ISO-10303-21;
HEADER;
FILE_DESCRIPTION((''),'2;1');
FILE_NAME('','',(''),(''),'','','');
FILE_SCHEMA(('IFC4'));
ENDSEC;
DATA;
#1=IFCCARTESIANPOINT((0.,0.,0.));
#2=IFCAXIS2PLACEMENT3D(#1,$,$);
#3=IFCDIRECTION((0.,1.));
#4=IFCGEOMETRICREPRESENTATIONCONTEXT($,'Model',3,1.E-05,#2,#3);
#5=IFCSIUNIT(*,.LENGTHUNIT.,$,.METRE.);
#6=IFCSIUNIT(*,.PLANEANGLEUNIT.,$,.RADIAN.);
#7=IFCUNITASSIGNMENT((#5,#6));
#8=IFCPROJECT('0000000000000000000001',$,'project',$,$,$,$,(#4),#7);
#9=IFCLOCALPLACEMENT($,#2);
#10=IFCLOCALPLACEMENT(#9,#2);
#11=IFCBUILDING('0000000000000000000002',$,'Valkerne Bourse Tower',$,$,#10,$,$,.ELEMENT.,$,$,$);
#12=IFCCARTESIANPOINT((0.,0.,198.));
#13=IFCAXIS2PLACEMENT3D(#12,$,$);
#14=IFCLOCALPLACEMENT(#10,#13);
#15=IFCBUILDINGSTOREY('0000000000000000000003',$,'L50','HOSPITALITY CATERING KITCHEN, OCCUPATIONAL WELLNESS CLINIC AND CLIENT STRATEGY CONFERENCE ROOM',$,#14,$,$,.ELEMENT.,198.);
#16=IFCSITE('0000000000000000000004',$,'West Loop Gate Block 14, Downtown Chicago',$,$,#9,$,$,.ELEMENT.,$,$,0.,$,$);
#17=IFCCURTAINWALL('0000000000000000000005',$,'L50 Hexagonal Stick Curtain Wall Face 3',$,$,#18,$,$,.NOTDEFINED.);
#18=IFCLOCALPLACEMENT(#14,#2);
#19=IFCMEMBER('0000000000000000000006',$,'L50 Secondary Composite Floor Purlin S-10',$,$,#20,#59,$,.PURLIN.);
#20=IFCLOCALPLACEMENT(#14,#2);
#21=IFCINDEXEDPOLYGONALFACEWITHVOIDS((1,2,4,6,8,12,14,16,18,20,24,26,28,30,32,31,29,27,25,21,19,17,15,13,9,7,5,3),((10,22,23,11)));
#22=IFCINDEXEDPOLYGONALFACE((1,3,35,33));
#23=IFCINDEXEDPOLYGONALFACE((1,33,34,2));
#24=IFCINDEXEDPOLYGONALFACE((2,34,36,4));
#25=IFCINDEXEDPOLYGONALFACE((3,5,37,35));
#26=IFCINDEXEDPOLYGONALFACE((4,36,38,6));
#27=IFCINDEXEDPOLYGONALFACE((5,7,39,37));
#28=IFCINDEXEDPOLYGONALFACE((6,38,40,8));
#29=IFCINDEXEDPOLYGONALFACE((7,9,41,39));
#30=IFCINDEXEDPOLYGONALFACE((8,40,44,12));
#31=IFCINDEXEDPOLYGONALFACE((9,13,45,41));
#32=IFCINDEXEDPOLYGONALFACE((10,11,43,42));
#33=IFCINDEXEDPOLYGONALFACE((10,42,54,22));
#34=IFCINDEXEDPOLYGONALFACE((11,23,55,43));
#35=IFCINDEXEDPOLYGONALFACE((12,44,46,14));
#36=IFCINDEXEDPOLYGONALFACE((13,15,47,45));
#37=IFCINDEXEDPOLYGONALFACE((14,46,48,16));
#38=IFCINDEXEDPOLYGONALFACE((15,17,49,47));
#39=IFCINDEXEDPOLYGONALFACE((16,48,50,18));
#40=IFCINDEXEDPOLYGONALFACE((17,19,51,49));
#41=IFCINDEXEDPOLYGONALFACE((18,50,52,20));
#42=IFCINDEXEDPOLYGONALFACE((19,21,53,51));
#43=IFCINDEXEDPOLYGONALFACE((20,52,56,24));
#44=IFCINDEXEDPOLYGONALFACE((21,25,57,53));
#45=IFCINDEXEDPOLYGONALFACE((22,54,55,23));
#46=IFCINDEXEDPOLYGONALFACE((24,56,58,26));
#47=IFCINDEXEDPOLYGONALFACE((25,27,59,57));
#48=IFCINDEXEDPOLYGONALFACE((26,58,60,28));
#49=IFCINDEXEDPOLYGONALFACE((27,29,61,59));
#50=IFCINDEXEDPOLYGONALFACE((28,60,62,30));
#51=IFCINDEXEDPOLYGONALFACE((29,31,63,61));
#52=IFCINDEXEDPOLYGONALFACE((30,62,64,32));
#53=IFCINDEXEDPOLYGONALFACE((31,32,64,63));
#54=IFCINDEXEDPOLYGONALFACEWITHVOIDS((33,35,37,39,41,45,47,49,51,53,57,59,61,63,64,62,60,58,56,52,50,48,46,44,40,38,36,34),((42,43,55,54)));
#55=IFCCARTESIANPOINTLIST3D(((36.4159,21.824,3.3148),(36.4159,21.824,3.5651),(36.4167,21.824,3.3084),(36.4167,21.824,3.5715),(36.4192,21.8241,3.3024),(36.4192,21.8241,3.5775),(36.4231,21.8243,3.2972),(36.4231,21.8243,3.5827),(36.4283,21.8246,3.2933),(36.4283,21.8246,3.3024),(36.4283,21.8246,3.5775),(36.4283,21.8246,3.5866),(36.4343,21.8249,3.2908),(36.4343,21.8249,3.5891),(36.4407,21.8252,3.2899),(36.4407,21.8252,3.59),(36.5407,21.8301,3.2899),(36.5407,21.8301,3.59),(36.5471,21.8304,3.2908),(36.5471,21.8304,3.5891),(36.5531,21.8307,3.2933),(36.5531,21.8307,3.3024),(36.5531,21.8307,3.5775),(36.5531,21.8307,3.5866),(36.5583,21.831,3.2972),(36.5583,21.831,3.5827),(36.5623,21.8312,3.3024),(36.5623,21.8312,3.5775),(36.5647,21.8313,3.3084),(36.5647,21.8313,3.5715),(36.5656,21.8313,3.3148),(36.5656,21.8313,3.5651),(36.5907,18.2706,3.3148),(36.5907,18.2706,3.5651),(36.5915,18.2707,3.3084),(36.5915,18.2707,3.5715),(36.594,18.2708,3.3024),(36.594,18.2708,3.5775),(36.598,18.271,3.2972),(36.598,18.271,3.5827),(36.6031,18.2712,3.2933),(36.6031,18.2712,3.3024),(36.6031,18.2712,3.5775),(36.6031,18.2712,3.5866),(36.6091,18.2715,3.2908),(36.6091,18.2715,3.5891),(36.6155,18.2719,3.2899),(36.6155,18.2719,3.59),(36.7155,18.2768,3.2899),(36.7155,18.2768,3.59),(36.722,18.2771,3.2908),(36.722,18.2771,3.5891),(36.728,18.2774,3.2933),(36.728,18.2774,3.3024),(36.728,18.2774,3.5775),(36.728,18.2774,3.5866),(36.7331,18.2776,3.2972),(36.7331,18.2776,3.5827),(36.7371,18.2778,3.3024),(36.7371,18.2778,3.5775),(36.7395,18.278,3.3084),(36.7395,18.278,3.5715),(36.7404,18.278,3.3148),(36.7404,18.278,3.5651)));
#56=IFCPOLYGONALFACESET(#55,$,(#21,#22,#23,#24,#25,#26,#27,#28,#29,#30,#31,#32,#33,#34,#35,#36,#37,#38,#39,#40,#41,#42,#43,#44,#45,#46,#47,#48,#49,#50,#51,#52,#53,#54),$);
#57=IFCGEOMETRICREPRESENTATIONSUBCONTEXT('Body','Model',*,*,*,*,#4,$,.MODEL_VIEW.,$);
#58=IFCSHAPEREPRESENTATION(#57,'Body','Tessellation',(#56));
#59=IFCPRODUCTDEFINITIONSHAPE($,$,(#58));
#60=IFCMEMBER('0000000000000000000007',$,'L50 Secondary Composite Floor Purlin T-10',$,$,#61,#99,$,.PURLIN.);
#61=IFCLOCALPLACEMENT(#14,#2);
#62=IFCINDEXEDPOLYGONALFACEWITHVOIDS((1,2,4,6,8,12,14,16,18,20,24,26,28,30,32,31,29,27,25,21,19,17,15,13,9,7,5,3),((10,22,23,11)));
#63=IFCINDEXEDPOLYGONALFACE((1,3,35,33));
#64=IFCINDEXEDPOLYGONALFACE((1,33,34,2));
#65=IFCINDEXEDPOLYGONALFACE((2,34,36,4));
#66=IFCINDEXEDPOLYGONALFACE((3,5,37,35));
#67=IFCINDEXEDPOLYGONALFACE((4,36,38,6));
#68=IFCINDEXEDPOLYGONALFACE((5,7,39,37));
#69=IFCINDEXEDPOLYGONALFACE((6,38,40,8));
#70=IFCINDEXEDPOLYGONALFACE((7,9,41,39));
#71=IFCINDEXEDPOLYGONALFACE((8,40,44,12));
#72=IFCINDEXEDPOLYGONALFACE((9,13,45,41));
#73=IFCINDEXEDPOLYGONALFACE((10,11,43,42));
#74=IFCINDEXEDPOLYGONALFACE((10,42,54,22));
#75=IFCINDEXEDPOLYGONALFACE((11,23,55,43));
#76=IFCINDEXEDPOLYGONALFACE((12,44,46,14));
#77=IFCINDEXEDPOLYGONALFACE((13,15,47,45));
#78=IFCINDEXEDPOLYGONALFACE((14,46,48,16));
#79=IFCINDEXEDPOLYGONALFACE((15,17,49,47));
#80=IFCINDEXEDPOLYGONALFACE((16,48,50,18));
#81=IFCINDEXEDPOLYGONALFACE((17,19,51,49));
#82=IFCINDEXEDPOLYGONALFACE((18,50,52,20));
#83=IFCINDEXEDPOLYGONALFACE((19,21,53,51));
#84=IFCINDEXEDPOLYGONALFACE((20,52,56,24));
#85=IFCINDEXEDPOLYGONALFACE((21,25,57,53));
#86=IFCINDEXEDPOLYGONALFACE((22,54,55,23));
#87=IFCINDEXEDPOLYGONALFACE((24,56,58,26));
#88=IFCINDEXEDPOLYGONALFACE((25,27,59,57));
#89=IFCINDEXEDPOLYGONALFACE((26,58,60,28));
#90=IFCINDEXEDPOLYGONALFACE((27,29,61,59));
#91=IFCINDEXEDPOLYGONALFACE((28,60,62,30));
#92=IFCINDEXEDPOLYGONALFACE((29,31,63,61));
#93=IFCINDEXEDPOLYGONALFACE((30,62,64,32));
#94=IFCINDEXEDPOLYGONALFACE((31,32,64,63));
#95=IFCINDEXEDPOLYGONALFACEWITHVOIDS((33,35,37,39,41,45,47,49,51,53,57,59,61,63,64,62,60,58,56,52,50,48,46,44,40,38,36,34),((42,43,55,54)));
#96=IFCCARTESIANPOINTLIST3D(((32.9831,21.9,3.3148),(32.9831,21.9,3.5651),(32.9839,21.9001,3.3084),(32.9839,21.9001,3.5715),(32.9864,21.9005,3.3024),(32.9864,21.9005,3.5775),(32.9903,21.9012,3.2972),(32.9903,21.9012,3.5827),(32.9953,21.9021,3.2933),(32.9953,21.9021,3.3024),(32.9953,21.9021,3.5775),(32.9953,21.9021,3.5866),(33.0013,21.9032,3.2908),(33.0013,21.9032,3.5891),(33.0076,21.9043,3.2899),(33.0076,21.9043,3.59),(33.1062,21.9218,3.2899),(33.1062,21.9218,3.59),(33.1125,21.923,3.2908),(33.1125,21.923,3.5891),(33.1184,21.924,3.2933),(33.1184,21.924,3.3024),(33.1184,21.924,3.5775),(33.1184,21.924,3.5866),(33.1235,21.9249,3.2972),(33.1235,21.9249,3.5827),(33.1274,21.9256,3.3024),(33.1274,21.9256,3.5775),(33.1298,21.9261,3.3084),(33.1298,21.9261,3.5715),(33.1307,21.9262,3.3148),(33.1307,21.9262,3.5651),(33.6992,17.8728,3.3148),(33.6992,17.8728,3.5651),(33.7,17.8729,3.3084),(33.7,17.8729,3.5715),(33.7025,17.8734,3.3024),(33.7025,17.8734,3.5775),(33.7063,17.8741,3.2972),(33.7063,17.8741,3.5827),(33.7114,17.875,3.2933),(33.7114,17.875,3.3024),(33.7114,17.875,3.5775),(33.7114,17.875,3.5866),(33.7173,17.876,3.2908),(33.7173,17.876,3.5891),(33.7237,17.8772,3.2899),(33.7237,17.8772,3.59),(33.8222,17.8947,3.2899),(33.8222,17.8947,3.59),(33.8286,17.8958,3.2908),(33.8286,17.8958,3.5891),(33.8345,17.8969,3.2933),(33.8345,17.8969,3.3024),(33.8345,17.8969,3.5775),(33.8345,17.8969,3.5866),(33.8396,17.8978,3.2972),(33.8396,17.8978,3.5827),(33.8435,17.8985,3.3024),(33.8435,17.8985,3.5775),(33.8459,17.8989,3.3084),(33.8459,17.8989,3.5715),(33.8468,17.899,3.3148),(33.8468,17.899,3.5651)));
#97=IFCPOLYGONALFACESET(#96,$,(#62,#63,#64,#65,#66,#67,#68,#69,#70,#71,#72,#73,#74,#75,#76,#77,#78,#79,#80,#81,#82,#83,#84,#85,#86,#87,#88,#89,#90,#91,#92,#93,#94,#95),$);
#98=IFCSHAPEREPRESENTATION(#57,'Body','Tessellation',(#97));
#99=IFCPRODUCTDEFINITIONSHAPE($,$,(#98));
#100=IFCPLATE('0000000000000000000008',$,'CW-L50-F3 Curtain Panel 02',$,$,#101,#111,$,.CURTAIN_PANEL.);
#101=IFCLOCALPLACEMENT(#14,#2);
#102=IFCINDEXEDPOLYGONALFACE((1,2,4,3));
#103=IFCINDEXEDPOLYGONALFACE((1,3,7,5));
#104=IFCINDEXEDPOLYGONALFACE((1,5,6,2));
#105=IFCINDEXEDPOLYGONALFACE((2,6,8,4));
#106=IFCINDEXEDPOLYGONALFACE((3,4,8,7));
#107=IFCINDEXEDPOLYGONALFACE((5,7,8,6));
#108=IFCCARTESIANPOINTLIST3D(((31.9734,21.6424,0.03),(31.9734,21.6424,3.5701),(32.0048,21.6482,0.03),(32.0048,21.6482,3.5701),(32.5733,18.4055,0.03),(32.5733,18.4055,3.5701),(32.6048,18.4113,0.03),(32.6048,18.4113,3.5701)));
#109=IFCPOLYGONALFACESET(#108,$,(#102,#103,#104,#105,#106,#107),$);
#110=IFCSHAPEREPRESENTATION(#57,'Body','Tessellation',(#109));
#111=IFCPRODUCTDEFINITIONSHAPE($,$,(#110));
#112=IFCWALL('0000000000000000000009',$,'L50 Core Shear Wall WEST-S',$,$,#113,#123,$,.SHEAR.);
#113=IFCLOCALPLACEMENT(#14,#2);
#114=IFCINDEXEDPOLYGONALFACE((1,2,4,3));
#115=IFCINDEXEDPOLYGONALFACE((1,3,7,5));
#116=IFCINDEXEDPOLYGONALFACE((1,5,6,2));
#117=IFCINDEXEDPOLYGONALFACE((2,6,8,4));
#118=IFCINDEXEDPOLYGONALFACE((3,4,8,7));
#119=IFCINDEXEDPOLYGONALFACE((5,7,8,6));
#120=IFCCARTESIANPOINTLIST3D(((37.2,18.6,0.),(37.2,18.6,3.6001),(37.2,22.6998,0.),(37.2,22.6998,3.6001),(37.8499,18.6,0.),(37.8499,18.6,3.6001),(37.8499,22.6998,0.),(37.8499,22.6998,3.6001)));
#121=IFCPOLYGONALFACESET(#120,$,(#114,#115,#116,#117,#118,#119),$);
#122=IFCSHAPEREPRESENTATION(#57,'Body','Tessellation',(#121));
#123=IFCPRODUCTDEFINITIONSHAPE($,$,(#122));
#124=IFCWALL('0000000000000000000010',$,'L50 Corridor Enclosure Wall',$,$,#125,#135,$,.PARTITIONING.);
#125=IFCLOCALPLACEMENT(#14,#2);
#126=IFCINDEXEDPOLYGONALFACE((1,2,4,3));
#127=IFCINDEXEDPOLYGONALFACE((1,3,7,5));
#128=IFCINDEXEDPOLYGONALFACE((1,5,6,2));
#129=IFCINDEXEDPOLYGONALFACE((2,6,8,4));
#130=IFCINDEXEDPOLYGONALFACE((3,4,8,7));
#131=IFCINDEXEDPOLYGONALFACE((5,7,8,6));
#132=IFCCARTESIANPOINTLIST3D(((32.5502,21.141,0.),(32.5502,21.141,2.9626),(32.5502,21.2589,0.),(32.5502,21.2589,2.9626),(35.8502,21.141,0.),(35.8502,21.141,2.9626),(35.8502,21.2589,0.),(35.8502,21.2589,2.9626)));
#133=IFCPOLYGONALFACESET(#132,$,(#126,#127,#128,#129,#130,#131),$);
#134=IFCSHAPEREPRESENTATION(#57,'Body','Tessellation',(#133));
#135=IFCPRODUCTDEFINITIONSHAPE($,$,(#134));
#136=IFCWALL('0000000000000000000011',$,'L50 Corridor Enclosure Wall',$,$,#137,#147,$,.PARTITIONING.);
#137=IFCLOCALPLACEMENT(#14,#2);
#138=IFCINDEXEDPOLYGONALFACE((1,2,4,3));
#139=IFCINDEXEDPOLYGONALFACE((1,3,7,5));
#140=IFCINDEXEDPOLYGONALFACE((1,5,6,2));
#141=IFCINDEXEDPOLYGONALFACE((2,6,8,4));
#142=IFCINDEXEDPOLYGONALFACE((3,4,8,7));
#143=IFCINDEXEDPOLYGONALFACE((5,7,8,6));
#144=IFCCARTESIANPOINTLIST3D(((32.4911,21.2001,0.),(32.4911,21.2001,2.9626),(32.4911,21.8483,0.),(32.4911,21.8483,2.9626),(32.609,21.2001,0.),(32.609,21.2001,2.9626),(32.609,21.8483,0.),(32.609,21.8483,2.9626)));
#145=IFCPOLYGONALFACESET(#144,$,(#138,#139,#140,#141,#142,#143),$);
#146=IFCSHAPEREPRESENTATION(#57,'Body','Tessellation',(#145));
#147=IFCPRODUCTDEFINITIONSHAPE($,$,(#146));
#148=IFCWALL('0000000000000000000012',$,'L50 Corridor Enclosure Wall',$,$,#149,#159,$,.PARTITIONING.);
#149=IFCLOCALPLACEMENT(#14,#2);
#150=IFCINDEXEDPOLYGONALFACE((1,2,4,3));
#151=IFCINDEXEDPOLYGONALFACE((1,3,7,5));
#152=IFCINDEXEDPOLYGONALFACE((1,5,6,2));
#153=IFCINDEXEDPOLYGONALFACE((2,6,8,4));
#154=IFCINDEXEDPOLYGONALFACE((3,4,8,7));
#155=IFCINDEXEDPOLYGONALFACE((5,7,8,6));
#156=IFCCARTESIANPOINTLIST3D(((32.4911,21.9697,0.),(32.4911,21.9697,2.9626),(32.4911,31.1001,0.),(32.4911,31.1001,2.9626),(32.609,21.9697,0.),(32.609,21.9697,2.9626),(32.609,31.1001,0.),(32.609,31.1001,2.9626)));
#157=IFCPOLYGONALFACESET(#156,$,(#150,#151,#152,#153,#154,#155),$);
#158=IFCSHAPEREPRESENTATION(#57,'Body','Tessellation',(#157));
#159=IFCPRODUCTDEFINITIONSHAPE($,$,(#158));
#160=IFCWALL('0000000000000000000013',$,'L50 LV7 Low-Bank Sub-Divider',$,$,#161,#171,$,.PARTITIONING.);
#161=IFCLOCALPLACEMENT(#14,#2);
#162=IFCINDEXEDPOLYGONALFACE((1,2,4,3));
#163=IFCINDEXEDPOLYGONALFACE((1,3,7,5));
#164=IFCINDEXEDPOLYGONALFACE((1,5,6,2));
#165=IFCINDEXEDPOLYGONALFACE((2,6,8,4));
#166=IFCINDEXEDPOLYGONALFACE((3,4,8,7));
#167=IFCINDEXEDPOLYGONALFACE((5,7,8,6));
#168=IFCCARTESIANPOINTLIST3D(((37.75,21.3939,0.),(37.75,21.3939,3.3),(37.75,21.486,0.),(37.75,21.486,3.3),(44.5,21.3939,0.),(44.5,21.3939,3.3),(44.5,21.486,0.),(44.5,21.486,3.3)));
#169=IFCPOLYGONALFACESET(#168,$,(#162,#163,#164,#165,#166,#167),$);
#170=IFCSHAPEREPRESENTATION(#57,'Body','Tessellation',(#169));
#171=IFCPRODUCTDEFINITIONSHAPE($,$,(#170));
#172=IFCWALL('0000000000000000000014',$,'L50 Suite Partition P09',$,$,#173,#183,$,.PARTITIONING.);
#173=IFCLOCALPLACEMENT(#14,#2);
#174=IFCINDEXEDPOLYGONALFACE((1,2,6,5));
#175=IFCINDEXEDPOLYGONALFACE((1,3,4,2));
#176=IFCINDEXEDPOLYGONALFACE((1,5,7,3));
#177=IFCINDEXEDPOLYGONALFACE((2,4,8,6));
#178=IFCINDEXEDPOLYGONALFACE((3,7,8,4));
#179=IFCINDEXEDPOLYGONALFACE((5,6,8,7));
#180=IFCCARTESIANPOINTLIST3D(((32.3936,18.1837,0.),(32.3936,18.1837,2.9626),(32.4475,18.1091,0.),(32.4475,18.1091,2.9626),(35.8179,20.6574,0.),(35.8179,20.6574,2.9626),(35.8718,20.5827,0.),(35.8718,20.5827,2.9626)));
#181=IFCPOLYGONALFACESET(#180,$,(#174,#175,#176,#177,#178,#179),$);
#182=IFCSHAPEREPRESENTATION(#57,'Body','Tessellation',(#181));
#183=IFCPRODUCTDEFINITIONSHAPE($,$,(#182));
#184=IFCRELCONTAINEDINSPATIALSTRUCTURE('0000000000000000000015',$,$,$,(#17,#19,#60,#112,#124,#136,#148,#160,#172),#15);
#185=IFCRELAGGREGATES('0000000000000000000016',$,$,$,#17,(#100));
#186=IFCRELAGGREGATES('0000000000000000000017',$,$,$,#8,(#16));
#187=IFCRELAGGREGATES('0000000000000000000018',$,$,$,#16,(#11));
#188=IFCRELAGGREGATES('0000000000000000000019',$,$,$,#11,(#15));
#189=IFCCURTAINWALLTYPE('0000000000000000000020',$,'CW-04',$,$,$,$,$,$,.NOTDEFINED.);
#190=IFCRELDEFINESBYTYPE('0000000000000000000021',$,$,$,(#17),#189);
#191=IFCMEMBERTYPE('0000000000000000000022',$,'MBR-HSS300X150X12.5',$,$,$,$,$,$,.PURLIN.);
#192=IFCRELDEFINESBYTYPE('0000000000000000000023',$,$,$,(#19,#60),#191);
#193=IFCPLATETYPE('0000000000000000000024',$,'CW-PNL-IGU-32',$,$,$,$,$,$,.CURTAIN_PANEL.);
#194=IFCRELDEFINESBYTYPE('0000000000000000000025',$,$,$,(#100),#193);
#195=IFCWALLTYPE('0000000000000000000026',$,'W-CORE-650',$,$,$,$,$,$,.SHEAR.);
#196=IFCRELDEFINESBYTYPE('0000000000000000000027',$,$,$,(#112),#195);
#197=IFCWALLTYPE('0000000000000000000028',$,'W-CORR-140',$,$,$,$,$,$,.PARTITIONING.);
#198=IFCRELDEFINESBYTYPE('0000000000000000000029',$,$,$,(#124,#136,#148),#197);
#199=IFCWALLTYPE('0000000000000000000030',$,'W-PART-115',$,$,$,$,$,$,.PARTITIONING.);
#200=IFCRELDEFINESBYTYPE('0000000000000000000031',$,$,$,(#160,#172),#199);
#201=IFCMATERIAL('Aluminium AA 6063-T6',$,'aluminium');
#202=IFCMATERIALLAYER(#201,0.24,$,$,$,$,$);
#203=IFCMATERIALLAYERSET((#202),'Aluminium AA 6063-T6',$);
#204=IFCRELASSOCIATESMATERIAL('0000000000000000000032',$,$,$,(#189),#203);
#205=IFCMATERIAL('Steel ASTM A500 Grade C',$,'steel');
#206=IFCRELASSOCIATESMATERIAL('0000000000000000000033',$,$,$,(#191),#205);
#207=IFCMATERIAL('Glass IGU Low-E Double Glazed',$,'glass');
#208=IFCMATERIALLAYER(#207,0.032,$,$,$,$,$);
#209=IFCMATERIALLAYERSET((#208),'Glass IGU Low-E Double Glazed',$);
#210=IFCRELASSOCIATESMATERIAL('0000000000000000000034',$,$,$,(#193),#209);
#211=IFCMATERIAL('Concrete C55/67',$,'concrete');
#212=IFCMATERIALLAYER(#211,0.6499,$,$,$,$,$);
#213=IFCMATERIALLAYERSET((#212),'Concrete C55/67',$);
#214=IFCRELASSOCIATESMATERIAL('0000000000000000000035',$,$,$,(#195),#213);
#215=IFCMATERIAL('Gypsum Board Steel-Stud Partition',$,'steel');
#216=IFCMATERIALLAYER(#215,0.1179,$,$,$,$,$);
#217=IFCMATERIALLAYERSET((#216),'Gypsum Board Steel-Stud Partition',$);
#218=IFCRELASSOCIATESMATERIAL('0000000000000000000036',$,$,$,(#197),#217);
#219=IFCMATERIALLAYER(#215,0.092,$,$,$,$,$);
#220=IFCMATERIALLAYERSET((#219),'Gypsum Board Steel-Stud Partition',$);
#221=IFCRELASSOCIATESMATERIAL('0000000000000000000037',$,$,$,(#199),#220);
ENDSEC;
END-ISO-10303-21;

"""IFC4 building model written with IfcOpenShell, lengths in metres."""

from ifc_helpers import new_model, si_unit, direction, frame, frame_2d, origin, origin_2d, place, context, subcontext, project, spatial, rectangle, hollow_rectangle, extrude, material, layer, layer_set, material_profile, profile_set, type_object, element, aggregate, save


model = new_model("IFC4")

# Units and contexts
model_context = context("Model", 3, precision=1e-05, world=origin(), true_north=direction((0.0, 1.0)))
body_context = subcontext(model_context, "Body", "Model", "MODEL_VIEW")
ifc_project = project(units=[si_unit("LENGTHUNIT", "METRE"), si_unit("PLANEANGLEUNIT", "RADIAN")], contexts=[model_context])

# Site, building, storey
site_placement = place(None, origin())
site = spatial("IfcSite", under=ifc_project, at=site_placement, Name="West Loop Gate Block 14, Downtown Chicago", CompositionType="ELEMENT", RefElevation=0.0)
building_placement = place(site_placement, origin())
building = spatial("IfcBuilding", under=site, at=building_placement, Name="Valkerne Bourse Tower", CompositionType="ELEMENT")
storey_placement = place(building_placement, frame((0.0, 0.0, 198.0)))
storey = spatial("IfcBuildingStorey", under=building, at=storey_placement, Name="L50", Description="HOSPITALITY CATERING KITCHEN, OCCUPATIONAL WELLNESS CLINIC AND CLIENT STRATEGY CONFERENCE ROOM", CompositionType="ELEMENT", Elevation=198.0)

# Curtain wall
ifc_material_1 = material(Name="Aluminium AA 6063-T6", Category="aluminium")
ifc_layer_1 = layer(ifc_material_1, 0.24)
ifc_layer_set_1 = layer_set([ifc_layer_1], Name="Aluminium AA 6063-T6")
curtain_wall_type = type_object("IfcCurtainWallType", Name="CW-04", PredefinedType="NOTDEFINED", material=ifc_layer_set_1)
curtain_wall_placement = place(storey_placement, origin())
curtain_wall = element("IfcCurtainWall", 1, at=curtain_wall_placement, inside=storey, type_object=curtain_wall_type, Name="L50 Hexagonal Stick Curtain Wall Face 3", PredefinedType="NOTDEFINED")

# Members
ifc_material_2 = material(Name="Steel ASTM A500 Grade C", Category="steel")
ifc_material_profile_1 = material_profile(ifc_material_2, hollow_rectangle(XDim=0.1499, YDim=0.3, WallThickness=0.0125, OuterFilletRadius=0.0249, at=origin_2d()), Name="HSS300X150X12.5")
ifc_profile_set_1 = profile_set([ifc_material_profile_1], Name="Steel ASTM A500 Grade C")
member_type_1 = type_object("IfcMemberType", Name="MBR-HSS300X150X12.5", PredefinedType="PURLIN", material=ifc_profile_set_1)
member_1_placement = place(storey_placement, frame((36.4907, 21.8276, 3.4399), z_axis=(0.049137, -0.998792, 0.0), x_axis=(0.998792, 0.049137, 0.0)))
element("IfcMember", 2, at=member_1_placement, inside=storey, type_object=member_type_1, Name="L50 Secondary Composite Floor Purlin S-10", PredefinedType="PURLIN", context=body_context, shape_type="SweptSolid", body=[
    extrude(hollow_rectangle(XDim=0.1499, YDim=0.3, WallThickness=0.0125, OuterFilletRadius=0.0249, at=origin_2d()), origin(), (0.0, 0.0, 1.0), 3.5576),
])
member_2_placement = place(storey_placement, frame((33.0569, 21.9131, 3.4399), z_axis=(0.175065, -0.984557, 0.0), x_axis=(0.984557, 0.175065, 0.0)))
element("IfcMember", 3, at=member_2_placement, inside=storey, type_object=member_type_1, Name="L50 Secondary Composite Floor Purlin T-10", PredefinedType="PURLIN", context=body_context, shape_type="SweptSolid", body=[
    extrude(hollow_rectangle(XDim=0.1499, YDim=0.3, WallThickness=0.0125, OuterFilletRadius=0.0249, at=origin_2d()), origin(), (0.0, 0.0, 1.0), 4.0903),
])

# Plate
ifc_material_3 = material(Name="Glass IGU Low-E Double Glazed", Category="glass")
ifc_layer_2 = layer(ifc_material_3, 0.032)
ifc_layer_set_2 = layer_set([ifc_layer_2], Name="Glass IGU Low-E Double Glazed")
plate_type = type_object("IfcPlateType", Name="CW-PNL-IGU-32", PredefinedType="CURTAIN_PANEL", material=ifc_layer_set_2)
plate_placement = place(storey_placement, frame((32.2891, 20.0269, 0.03), z_axis=(0.0, 0.0, 1.0), x_axis=(0.18224, -0.983254, 0.0)))
plate = element("IfcPlate", 4, at=plate_placement, type_object=plate_type, Name="CW-L50-F3 Curtain Panel 02", PredefinedType="CURTAIN_PANEL", context=body_context, shape_type="SweptSolid", body=[
    extrude(rectangle(XDim=3.292, YDim=0.032, at=origin_2d()), origin(), (0.0, 0.0, 1.0), 3.54),
])
aggregate(curtain_wall, [plate])

# Walls
ifc_material_4 = material(Name="Concrete C55/67", Category="concrete")
ifc_layer_3 = layer(ifc_material_4, 0.6499)
ifc_layer_set_3 = layer_set([ifc_layer_3], Name="Concrete C55/67")
wall_type_1 = type_object("IfcWallType", Name="W-CORE-650", PredefinedType="SHEAR", material=ifc_layer_set_3)
wall_1_placement = place(storey_placement, frame((37.5249, 18.6001, 0.0), z_axis=(0.0, 0.0, 1.0), x_axis=(0.0, 1.0, 0.0)))
element("IfcWall", 5, at=wall_1_placement, inside=storey, type_object=wall_type_1, Name="L50 Core Shear Wall WEST-S", PredefinedType="SHEAR", context=body_context, shape_type="SweptSolid", body=[
    extrude(rectangle(XDim=4.0999, YDim=0.6499, at=frame_2d((2.0498, 0.0))), origin(), (0.0, 0.0, 1.0), 3.6001),
])
ifc_material_5 = material(Name="Gypsum Board Steel-Stud Partition", Category="steel")
ifc_layer_4 = layer(ifc_material_5, 0.1179)
ifc_layer_set_4 = layer_set([ifc_layer_4], Name="Gypsum Board Steel-Stud Partition")
wall_type_2 = type_object("IfcWallType", Name="W-CORR-140", PredefinedType="PARTITIONING", material=ifc_layer_set_4)
wall_2_placement = place(storey_placement, frame((35.8501, 21.2, 0.0), z_axis=(0.0, 0.0, 1.0), x_axis=(-1.0, 0.0, 0.0)))
element("IfcWall", 6, at=wall_2_placement, inside=storey, type_object=wall_type_2, Name="L50 Corridor Enclosure Wall", PredefinedType="PARTITIONING", context=body_context, shape_type="SweptSolid", body=[
    extrude(rectangle(XDim=3.3, YDim=0.1179, at=frame_2d((1.6499, 0.0))), origin(), (0.0, 0.0, 1.0), 2.9626),
])
wall_3_placement = place(storey_placement, frame((32.55, 21.2, 0.0), z_axis=(0.0, 0.0, 1.0), x_axis=(0.0, 1.0, 0.0)))
element("IfcWall", 7, at=wall_3_placement, inside=storey, type_object=wall_type_2, Name="L50 Corridor Enclosure Wall", PredefinedType="PARTITIONING", context=body_context, shape_type="SweptSolid", body=[
    extrude(rectangle(XDim=0.6482, YDim=0.1179, at=frame_2d((0.3242, 0.0))), origin(), (0.0, 0.0, 1.0), 2.9626),
])
wall_4_placement = place(storey_placement, frame((32.55, 21.9697, 0.0), z_axis=(0.0, 0.0, 1.0), x_axis=(0.0, 1.0, 0.0)))
element("IfcWall", 8, at=wall_4_placement, inside=storey, type_object=wall_type_2, Name="L50 Corridor Enclosure Wall", PredefinedType="PARTITIONING", context=body_context, shape_type="SweptSolid", body=[
    extrude(rectangle(XDim=9.1304, YDim=0.1179, at=frame_2d((4.5652, 0.0))), origin(), (0.0, 0.0, 1.0), 2.9626),
])
ifc_layer_5 = layer(ifc_material_5, 0.092)
ifc_layer_set_5 = layer_set([ifc_layer_5], Name="Gypsum Board Steel-Stud Partition")
wall_type_3 = type_object("IfcWallType", Name="W-PART-115", PredefinedType="PARTITIONING", material=ifc_layer_set_5)
wall_5_placement = place(storey_placement, frame((37.75, 21.4399, 0.0), z_axis=(0.0, 0.0, 1.0), x_axis=(1.0, 0.0, 0.0)))
element("IfcWall", 9, at=wall_5_placement, inside=storey, type_object=wall_type_3, Name="L50 LV7 Low-Bank Sub-Divider", PredefinedType="PARTITIONING", context=body_context, shape_type="SweptSolid", body=[
    extrude(rectangle(XDim=6.75, YDim=0.092, at=frame_2d((3.375, 0.0))), origin(), (0.0, 0.0, 1.0), 3.3),
])
wall_6_placement = place(storey_placement, frame((35.845, 20.6201, 0.0), z_axis=(0.0, 0.0, 1.0), x_axis=(-0.810621, -0.585571, 0.0)))
element("IfcWall", 10, at=wall_6_placement, inside=storey, type_object=wall_type_3, Name="L50 Suite Partition P09", PredefinedType="PARTITIONING", context=body_context, shape_type="SweptSolid", body=[
    extrude(rectangle(XDim=4.2244, YDim=0.092, at=frame_2d((2.1123, 0.0))), origin(), (0.0, 0.0, 1.0), 2.9626),
])

save(model, "model.ifc")
